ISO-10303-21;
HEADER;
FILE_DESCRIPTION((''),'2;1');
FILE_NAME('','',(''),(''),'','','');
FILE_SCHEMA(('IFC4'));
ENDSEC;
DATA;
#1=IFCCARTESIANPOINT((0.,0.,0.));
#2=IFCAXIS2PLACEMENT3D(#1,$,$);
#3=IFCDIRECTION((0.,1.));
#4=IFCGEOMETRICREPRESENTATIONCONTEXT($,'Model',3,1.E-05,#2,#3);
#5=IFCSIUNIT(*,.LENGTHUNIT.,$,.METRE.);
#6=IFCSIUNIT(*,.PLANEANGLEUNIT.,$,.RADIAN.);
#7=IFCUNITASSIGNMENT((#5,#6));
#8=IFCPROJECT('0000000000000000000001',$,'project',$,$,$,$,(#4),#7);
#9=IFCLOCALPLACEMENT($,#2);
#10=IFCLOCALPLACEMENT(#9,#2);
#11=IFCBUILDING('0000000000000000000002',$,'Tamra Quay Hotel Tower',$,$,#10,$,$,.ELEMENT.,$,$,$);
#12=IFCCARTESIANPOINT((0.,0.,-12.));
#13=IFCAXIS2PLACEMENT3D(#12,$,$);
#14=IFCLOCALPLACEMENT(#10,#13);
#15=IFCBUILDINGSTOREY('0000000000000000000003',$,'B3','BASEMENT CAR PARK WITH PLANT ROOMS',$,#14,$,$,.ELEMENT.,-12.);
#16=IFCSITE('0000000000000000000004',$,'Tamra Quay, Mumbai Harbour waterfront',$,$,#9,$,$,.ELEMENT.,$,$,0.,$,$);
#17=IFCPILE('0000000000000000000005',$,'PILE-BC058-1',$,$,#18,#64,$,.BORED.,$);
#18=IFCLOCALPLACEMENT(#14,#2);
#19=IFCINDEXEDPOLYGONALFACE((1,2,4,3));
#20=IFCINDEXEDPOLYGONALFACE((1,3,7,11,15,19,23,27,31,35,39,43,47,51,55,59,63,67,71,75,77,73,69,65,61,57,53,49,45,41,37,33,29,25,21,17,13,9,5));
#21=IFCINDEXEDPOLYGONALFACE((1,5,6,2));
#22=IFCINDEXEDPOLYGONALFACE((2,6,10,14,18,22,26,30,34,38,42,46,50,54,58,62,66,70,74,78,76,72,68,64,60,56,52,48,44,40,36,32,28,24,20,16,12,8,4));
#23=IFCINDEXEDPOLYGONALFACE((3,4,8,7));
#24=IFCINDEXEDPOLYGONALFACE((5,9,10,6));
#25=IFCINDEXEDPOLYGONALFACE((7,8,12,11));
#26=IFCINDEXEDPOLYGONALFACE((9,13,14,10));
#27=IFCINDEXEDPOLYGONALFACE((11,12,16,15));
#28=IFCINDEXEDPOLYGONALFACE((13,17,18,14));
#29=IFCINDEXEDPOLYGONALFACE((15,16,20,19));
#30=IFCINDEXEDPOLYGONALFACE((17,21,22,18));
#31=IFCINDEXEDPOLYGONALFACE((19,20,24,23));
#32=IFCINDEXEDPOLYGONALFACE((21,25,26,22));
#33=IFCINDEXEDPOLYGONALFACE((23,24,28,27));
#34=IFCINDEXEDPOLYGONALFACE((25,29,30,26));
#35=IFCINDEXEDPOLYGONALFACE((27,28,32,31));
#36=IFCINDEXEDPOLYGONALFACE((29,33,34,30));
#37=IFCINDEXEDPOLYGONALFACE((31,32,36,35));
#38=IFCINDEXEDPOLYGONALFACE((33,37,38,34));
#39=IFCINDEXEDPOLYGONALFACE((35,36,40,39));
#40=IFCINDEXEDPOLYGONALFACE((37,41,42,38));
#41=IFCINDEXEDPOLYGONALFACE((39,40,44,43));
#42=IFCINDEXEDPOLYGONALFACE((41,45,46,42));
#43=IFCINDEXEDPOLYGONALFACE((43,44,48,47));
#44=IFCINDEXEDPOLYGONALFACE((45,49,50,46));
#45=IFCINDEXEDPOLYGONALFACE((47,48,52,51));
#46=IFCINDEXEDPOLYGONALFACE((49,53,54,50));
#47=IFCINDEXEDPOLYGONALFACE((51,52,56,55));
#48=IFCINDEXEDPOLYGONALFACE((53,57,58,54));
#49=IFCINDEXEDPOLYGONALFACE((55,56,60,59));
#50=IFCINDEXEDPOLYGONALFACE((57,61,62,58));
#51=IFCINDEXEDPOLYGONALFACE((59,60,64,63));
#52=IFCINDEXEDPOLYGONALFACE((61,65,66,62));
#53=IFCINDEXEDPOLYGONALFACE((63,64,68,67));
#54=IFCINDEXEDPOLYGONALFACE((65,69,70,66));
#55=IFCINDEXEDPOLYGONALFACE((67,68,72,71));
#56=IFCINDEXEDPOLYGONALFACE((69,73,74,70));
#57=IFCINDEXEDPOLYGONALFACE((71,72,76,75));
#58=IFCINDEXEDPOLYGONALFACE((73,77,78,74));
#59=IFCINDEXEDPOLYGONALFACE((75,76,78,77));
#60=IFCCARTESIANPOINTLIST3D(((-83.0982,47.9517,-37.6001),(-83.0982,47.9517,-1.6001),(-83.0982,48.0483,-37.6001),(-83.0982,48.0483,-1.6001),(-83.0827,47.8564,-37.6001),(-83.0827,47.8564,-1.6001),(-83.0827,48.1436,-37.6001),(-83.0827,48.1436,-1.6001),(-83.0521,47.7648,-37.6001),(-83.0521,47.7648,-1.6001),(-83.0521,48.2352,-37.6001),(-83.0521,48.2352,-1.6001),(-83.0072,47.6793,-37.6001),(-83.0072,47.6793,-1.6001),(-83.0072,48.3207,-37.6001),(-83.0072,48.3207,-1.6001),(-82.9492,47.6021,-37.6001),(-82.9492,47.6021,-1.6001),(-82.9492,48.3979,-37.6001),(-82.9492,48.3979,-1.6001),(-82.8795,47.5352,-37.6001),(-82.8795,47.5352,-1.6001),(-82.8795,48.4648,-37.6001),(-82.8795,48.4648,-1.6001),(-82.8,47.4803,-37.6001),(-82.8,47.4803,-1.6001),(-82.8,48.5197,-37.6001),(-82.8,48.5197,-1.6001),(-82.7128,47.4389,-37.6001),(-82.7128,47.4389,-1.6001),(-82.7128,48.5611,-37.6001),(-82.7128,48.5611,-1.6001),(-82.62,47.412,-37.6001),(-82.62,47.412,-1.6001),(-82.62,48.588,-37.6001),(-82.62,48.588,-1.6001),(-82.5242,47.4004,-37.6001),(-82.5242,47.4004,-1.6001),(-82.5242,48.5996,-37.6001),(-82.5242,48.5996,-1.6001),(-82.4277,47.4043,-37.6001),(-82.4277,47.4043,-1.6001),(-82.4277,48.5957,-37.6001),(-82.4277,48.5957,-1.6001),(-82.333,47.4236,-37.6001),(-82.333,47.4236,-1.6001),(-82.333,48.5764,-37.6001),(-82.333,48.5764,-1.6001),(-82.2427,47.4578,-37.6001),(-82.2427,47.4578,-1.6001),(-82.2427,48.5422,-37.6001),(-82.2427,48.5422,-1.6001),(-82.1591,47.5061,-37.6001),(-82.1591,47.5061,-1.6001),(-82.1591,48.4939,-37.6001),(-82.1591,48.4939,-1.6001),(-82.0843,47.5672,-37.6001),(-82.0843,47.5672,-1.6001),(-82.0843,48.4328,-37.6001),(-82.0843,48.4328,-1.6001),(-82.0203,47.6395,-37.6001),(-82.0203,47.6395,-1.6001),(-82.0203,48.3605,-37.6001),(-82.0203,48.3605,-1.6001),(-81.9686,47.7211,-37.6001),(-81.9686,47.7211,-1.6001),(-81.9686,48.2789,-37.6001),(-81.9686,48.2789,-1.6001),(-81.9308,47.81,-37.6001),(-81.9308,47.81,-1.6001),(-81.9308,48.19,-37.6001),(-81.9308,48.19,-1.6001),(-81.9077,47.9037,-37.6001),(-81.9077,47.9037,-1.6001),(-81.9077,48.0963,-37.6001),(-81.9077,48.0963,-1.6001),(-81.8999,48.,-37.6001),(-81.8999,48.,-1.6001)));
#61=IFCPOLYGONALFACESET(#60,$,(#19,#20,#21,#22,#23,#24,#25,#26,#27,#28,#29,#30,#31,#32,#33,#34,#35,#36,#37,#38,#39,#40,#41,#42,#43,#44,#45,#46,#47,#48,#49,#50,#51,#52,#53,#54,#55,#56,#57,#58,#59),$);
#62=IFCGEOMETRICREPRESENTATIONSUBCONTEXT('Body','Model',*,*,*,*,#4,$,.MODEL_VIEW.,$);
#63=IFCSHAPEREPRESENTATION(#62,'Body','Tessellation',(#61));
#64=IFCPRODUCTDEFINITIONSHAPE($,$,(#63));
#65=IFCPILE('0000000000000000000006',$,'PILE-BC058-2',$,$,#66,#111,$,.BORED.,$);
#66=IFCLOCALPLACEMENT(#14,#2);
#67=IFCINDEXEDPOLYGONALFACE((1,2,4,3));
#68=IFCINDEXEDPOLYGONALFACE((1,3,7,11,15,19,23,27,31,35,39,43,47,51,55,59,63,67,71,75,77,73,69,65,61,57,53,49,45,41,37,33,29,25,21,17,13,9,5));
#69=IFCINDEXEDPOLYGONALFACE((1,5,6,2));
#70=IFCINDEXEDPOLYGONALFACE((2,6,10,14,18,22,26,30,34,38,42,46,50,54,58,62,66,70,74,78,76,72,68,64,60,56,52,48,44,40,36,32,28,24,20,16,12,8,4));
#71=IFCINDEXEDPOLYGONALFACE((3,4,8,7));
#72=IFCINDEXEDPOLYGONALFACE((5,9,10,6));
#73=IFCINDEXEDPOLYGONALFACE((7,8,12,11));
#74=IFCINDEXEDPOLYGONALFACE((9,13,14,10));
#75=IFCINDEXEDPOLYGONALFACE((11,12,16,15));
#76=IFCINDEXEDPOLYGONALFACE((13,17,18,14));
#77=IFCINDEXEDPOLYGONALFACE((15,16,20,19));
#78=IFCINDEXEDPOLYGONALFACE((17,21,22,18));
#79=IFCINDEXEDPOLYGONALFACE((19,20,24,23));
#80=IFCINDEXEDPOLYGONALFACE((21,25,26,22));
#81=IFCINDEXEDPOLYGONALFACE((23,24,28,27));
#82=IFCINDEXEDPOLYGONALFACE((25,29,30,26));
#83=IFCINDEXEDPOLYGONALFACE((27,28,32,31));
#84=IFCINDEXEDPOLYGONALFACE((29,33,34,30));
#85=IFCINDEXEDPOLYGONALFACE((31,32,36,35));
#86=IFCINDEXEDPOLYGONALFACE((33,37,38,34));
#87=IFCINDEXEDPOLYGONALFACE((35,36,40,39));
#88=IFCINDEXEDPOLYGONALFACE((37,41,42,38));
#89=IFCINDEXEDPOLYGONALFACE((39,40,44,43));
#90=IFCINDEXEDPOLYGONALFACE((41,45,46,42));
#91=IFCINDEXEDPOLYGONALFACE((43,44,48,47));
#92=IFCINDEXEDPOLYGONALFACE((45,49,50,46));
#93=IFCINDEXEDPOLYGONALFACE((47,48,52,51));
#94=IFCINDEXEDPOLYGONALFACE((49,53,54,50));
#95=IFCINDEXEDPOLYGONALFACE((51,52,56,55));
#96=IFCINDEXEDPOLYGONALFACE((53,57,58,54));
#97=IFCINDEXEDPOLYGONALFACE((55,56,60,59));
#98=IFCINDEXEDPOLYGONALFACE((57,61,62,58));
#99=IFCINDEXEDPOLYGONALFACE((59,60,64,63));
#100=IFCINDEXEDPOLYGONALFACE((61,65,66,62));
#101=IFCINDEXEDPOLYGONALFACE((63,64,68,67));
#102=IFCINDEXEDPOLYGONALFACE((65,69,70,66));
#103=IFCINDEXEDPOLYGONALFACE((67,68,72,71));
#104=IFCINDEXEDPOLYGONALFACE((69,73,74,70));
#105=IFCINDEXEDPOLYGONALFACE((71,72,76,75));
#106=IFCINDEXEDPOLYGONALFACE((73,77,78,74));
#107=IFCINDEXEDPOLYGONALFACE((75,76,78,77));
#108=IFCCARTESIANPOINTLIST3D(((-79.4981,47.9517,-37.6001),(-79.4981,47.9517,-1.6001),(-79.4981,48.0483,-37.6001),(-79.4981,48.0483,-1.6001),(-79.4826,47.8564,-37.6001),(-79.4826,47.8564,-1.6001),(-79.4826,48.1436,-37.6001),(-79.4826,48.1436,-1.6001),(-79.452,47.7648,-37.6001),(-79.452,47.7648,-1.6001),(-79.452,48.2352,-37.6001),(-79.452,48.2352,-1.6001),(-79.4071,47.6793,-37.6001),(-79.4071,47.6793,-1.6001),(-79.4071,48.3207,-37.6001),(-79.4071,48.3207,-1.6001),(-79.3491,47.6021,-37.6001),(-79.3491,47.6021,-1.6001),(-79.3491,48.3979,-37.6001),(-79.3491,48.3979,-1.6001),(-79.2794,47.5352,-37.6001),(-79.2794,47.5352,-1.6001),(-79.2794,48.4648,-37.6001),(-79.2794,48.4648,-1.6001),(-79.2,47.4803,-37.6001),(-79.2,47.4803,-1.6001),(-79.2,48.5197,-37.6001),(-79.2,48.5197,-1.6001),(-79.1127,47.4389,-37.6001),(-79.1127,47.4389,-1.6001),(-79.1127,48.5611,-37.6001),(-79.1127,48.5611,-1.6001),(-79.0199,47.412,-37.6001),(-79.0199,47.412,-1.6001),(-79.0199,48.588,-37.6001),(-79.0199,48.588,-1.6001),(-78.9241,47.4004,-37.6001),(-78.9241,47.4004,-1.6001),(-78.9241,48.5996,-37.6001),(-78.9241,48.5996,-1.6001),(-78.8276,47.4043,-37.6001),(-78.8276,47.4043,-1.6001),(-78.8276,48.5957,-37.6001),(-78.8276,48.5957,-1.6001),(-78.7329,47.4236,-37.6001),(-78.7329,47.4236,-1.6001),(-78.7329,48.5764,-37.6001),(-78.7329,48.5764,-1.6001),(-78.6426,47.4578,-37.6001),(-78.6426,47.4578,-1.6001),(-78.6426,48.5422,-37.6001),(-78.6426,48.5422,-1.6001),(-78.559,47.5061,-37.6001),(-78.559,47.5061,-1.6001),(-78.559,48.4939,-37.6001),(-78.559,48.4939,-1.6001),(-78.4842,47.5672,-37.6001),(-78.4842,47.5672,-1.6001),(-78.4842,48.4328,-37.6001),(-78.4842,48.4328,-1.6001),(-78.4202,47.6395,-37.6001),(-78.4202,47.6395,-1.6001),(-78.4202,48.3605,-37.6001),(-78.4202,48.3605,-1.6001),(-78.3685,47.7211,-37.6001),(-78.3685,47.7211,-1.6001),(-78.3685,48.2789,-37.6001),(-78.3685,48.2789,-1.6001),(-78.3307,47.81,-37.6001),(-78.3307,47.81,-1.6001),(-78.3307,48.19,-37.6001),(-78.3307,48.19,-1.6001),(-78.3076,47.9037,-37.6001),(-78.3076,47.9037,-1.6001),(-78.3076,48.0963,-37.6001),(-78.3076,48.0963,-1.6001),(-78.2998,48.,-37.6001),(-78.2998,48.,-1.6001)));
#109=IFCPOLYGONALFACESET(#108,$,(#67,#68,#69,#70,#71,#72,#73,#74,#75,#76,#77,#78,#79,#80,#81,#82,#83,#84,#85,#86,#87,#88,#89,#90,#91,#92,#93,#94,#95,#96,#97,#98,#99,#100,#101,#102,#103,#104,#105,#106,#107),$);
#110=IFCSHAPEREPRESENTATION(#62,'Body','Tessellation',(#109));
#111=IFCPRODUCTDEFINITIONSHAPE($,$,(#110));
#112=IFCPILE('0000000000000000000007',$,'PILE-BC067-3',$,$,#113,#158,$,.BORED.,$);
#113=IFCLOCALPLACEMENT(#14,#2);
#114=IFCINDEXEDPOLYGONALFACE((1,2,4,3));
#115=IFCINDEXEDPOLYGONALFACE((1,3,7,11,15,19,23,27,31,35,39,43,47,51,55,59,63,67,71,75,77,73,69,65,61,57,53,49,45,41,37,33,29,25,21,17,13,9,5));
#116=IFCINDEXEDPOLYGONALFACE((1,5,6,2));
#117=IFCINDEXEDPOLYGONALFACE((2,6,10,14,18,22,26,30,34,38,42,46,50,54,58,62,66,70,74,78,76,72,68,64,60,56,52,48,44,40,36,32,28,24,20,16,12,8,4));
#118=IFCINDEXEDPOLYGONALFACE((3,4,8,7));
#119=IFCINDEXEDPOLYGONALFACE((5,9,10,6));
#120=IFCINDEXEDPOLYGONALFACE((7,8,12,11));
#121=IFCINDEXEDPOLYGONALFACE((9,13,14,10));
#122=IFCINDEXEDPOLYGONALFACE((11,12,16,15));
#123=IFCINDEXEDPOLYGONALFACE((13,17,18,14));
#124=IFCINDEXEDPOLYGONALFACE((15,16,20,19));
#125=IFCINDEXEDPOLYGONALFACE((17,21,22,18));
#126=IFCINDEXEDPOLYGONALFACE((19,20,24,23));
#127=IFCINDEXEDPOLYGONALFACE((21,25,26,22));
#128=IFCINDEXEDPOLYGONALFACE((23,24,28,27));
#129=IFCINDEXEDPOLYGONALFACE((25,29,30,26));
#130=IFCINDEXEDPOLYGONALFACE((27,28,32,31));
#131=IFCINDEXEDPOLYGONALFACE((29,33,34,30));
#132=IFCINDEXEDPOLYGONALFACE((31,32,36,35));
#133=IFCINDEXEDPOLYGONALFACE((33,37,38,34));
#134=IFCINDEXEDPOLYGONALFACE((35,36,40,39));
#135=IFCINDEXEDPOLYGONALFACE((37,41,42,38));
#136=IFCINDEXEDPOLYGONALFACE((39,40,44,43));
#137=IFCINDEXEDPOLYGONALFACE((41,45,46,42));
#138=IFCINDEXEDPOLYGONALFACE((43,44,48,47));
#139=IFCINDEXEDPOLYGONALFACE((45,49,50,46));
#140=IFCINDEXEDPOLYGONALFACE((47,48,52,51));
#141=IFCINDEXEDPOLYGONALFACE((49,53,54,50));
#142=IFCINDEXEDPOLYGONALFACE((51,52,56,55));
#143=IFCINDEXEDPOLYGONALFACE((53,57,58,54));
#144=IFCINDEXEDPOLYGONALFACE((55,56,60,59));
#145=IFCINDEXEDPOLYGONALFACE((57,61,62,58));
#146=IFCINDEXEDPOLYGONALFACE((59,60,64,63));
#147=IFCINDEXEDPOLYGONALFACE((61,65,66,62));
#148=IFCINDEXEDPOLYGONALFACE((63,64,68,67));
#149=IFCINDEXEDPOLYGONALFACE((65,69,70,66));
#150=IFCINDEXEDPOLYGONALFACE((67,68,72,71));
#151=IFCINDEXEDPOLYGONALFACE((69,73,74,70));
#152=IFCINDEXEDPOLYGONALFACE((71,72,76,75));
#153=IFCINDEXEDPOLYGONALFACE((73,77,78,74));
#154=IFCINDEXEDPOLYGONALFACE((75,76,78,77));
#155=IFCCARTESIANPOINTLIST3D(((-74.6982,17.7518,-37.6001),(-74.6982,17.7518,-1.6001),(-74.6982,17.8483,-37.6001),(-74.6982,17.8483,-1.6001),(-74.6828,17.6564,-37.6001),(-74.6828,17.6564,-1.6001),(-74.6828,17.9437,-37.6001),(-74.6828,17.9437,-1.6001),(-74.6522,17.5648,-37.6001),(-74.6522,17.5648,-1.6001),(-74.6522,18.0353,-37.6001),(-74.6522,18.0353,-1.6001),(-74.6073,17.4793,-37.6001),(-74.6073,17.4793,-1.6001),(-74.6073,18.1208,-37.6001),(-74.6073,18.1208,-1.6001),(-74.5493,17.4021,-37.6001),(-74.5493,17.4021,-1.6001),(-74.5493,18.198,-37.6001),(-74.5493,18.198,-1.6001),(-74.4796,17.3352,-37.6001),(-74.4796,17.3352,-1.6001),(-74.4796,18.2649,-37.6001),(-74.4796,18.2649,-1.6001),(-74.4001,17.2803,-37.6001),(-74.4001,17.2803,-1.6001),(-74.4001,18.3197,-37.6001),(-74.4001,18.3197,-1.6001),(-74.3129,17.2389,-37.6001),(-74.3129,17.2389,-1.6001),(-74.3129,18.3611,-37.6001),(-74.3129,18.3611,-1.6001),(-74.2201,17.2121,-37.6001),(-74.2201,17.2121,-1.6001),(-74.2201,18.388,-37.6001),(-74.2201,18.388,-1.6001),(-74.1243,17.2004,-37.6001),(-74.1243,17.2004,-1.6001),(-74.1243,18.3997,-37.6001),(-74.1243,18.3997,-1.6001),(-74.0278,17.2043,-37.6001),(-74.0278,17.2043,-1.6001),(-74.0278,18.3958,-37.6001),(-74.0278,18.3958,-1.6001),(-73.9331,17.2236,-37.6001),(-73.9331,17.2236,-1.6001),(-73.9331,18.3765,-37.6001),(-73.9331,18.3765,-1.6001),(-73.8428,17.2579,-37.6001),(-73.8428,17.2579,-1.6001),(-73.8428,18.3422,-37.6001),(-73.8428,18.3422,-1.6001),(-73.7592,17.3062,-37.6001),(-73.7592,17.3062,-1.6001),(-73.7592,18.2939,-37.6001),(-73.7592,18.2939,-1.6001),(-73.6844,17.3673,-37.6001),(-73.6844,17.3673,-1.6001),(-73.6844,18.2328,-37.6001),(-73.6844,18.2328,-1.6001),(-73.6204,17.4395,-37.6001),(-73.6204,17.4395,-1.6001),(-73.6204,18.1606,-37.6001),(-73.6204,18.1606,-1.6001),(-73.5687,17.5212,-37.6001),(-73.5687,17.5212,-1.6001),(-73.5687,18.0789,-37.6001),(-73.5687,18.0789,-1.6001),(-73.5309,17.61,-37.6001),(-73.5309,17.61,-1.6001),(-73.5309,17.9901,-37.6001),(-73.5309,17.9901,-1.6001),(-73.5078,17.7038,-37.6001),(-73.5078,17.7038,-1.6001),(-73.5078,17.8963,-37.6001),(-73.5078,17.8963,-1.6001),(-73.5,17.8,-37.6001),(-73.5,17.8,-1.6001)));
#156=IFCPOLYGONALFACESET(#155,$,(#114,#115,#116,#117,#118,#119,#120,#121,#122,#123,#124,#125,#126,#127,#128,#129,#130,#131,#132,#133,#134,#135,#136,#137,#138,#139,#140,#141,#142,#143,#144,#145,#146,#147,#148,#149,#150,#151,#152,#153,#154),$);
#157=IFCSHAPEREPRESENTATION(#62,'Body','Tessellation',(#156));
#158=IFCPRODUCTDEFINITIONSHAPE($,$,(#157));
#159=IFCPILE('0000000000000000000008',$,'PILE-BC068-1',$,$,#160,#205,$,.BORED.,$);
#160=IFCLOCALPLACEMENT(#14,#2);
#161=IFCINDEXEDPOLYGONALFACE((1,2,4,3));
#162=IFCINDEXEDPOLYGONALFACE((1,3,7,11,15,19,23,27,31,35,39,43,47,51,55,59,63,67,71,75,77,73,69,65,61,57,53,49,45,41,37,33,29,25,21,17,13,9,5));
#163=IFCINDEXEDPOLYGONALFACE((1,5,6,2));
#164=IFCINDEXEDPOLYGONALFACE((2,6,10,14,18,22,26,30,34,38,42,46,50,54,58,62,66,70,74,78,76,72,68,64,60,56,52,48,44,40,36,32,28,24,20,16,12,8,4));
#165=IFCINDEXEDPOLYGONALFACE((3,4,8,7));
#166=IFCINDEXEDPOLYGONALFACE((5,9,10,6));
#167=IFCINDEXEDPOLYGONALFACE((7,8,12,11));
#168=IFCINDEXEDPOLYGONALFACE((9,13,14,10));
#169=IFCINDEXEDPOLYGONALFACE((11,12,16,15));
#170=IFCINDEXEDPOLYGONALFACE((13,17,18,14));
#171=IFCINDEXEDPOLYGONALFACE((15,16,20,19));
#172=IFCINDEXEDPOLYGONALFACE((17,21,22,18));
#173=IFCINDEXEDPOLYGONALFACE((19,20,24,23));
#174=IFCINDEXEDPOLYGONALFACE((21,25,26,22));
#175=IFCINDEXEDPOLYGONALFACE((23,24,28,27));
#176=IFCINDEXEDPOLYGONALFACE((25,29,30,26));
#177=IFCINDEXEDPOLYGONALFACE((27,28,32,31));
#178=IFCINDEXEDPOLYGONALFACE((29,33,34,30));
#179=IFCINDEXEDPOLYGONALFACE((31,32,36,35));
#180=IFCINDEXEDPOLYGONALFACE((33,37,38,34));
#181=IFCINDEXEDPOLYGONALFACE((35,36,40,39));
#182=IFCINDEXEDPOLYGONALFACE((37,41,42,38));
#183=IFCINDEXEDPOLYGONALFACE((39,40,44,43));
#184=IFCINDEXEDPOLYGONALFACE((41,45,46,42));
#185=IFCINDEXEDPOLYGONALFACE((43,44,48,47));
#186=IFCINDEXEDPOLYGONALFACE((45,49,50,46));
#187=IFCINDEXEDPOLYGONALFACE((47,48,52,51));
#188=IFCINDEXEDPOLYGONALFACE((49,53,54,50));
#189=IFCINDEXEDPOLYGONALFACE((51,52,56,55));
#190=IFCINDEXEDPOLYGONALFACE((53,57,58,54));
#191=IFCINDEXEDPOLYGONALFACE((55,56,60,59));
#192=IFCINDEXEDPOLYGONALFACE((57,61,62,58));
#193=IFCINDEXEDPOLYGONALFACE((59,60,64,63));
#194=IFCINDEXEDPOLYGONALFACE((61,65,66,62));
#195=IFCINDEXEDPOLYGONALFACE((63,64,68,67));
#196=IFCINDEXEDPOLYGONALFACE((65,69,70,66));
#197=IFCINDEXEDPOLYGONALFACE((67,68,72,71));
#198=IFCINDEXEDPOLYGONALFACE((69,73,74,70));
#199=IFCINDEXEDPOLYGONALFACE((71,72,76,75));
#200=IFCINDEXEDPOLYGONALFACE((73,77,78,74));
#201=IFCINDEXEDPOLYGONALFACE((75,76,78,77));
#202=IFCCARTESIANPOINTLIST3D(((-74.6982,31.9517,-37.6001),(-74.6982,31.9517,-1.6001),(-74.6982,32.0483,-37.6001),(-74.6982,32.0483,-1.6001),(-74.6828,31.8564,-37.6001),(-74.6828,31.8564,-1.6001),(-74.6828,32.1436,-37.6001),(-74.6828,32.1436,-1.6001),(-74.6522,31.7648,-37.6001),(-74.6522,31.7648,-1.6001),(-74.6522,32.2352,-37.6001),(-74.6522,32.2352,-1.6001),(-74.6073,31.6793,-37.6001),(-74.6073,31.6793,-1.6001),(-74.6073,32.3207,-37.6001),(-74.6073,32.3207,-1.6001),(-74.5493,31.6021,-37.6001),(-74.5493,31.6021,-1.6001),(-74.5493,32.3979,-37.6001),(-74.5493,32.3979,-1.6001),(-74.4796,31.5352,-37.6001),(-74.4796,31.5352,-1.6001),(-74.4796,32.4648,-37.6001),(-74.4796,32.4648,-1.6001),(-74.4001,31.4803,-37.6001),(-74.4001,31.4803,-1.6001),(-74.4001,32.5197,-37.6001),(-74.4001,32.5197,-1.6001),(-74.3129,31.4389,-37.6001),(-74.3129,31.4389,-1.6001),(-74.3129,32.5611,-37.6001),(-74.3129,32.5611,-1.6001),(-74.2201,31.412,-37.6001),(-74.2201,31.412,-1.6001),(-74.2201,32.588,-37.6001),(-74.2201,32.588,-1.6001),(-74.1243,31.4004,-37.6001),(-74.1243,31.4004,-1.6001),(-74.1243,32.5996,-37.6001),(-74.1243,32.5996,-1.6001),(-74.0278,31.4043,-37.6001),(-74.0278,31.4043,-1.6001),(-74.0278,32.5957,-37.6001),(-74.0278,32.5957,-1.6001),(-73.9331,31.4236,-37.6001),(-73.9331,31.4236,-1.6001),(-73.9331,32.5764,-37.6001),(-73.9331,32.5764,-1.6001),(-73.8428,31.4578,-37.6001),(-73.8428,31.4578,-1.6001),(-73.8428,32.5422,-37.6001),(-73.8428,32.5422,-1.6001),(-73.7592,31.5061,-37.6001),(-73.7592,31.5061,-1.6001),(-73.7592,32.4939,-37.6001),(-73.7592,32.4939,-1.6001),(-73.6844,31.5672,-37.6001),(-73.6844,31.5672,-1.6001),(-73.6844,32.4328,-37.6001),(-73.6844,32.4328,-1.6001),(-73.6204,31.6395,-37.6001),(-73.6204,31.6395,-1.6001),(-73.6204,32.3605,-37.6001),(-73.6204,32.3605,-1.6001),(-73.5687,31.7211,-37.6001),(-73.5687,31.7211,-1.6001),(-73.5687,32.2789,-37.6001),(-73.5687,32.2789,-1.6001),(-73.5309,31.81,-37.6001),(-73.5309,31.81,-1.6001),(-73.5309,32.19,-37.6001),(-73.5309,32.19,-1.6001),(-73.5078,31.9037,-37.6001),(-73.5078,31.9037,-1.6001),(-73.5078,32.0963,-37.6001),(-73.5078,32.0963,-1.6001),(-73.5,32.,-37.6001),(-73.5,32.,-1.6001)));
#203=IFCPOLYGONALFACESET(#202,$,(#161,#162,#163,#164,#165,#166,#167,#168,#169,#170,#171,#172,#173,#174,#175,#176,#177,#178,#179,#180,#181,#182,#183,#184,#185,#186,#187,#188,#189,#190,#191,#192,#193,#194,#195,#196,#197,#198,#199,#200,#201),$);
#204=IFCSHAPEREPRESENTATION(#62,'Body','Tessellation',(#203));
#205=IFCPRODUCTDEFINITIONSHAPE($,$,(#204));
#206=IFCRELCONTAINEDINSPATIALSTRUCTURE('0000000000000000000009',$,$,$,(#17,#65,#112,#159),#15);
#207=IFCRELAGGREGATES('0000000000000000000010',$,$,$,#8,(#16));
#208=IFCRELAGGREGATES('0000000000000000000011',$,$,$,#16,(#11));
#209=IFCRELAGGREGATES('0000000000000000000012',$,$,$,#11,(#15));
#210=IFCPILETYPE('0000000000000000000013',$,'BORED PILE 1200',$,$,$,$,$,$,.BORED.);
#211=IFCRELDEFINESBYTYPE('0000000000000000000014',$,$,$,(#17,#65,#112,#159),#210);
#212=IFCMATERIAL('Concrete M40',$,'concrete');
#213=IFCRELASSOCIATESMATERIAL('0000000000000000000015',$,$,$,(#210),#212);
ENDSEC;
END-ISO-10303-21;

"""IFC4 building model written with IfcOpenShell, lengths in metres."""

from ifc_helpers import new_model, si_unit, direction, frame, origin, origin_2d, place, context, subcontext, project, spatial, circle, extrude, material, material_profile, profile_set, type_object, element, save


model = new_model("IFC4")

# Units and contexts
model_context = context("Model", 3, precision=1e-05, world=origin(), true_north=direction((0.0, 1.0)))
body_context = subcontext(model_context, "Body", "Model", "MODEL_VIEW")
ifc_project = project(units=[si_unit("LENGTHUNIT", "METRE"), si_unit("PLANEANGLEUNIT", "RADIAN")], contexts=[model_context])

# Site, building, storey
site_placement = place(None, origin())
site = spatial("IfcSite", under=ifc_project, at=site_placement, Name="Tamra Quay, Mumbai Harbour waterfront", CompositionType="ELEMENT", RefElevation=0.0)
building_placement = place(site_placement, origin())
building = spatial("IfcBuilding", under=site, at=building_placement, Name="Tamra Quay Hotel Tower", CompositionType="ELEMENT")
storey_placement = place(building_placement, frame((0.0, 0.0, -12.0)))
storey = spatial("IfcBuildingStorey", under=building, at=storey_placement, Name="B3", Description="BASEMENT CAR PARK WITH PLANT ROOMS", CompositionType="ELEMENT", Elevation=-12.0)

# Piles
ifc_material_1 = material(Name="Concrete M40", Category="concrete")
ifc_material_profile_1 = material_profile(ifc_material_1, circle(Radius=0.6001, at=origin_2d()), Name="BORED PILE 1200")
ifc_profile_set_1 = profile_set([ifc_material_profile_1], Name="Concrete M40")
pile_type = type_object("IfcPileType", Name="BORED PILE 1200", PredefinedType="BORED", material=ifc_profile_set_1)
for number, where, z_axis, x_axis, name in (
    (1, (-82.5, 48.0, -1.6001), (0.0, 0.0, -1.0), (1.0, 0.0, 0.0), "PILE-BC058-1"),
    (2, (-78.8999, 48.0, -1.6001), (0.0, 0.0, -1.0), (1.0, 0.0, 0.0), "PILE-BC058-2"),
    (3, (-74.1001, 17.8, -1.6001), (0.0, 0.0, -1.0), (1.0, 0.0, 0.0), "PILE-BC067-3"),
    (4, (-74.1001, 32.0, -1.6001), (0.0, 0.0, -1.0), (1.0, 0.0, 0.0), "PILE-BC068-1"),
):
    element("IfcPile", number, at=place(storey_placement, frame(where, z_axis=z_axis, x_axis=x_axis)), inside=storey, type_object=pile_type, Name=name, PredefinedType="BORED", context=body_context, shape_type="SweptSolid", body=[
        extrude(circle(Radius=0.6001, at=origin_2d()), origin(), (0.0, 0.0, 1.0), 36.0),
    ])

save(model, "model.ifc")
